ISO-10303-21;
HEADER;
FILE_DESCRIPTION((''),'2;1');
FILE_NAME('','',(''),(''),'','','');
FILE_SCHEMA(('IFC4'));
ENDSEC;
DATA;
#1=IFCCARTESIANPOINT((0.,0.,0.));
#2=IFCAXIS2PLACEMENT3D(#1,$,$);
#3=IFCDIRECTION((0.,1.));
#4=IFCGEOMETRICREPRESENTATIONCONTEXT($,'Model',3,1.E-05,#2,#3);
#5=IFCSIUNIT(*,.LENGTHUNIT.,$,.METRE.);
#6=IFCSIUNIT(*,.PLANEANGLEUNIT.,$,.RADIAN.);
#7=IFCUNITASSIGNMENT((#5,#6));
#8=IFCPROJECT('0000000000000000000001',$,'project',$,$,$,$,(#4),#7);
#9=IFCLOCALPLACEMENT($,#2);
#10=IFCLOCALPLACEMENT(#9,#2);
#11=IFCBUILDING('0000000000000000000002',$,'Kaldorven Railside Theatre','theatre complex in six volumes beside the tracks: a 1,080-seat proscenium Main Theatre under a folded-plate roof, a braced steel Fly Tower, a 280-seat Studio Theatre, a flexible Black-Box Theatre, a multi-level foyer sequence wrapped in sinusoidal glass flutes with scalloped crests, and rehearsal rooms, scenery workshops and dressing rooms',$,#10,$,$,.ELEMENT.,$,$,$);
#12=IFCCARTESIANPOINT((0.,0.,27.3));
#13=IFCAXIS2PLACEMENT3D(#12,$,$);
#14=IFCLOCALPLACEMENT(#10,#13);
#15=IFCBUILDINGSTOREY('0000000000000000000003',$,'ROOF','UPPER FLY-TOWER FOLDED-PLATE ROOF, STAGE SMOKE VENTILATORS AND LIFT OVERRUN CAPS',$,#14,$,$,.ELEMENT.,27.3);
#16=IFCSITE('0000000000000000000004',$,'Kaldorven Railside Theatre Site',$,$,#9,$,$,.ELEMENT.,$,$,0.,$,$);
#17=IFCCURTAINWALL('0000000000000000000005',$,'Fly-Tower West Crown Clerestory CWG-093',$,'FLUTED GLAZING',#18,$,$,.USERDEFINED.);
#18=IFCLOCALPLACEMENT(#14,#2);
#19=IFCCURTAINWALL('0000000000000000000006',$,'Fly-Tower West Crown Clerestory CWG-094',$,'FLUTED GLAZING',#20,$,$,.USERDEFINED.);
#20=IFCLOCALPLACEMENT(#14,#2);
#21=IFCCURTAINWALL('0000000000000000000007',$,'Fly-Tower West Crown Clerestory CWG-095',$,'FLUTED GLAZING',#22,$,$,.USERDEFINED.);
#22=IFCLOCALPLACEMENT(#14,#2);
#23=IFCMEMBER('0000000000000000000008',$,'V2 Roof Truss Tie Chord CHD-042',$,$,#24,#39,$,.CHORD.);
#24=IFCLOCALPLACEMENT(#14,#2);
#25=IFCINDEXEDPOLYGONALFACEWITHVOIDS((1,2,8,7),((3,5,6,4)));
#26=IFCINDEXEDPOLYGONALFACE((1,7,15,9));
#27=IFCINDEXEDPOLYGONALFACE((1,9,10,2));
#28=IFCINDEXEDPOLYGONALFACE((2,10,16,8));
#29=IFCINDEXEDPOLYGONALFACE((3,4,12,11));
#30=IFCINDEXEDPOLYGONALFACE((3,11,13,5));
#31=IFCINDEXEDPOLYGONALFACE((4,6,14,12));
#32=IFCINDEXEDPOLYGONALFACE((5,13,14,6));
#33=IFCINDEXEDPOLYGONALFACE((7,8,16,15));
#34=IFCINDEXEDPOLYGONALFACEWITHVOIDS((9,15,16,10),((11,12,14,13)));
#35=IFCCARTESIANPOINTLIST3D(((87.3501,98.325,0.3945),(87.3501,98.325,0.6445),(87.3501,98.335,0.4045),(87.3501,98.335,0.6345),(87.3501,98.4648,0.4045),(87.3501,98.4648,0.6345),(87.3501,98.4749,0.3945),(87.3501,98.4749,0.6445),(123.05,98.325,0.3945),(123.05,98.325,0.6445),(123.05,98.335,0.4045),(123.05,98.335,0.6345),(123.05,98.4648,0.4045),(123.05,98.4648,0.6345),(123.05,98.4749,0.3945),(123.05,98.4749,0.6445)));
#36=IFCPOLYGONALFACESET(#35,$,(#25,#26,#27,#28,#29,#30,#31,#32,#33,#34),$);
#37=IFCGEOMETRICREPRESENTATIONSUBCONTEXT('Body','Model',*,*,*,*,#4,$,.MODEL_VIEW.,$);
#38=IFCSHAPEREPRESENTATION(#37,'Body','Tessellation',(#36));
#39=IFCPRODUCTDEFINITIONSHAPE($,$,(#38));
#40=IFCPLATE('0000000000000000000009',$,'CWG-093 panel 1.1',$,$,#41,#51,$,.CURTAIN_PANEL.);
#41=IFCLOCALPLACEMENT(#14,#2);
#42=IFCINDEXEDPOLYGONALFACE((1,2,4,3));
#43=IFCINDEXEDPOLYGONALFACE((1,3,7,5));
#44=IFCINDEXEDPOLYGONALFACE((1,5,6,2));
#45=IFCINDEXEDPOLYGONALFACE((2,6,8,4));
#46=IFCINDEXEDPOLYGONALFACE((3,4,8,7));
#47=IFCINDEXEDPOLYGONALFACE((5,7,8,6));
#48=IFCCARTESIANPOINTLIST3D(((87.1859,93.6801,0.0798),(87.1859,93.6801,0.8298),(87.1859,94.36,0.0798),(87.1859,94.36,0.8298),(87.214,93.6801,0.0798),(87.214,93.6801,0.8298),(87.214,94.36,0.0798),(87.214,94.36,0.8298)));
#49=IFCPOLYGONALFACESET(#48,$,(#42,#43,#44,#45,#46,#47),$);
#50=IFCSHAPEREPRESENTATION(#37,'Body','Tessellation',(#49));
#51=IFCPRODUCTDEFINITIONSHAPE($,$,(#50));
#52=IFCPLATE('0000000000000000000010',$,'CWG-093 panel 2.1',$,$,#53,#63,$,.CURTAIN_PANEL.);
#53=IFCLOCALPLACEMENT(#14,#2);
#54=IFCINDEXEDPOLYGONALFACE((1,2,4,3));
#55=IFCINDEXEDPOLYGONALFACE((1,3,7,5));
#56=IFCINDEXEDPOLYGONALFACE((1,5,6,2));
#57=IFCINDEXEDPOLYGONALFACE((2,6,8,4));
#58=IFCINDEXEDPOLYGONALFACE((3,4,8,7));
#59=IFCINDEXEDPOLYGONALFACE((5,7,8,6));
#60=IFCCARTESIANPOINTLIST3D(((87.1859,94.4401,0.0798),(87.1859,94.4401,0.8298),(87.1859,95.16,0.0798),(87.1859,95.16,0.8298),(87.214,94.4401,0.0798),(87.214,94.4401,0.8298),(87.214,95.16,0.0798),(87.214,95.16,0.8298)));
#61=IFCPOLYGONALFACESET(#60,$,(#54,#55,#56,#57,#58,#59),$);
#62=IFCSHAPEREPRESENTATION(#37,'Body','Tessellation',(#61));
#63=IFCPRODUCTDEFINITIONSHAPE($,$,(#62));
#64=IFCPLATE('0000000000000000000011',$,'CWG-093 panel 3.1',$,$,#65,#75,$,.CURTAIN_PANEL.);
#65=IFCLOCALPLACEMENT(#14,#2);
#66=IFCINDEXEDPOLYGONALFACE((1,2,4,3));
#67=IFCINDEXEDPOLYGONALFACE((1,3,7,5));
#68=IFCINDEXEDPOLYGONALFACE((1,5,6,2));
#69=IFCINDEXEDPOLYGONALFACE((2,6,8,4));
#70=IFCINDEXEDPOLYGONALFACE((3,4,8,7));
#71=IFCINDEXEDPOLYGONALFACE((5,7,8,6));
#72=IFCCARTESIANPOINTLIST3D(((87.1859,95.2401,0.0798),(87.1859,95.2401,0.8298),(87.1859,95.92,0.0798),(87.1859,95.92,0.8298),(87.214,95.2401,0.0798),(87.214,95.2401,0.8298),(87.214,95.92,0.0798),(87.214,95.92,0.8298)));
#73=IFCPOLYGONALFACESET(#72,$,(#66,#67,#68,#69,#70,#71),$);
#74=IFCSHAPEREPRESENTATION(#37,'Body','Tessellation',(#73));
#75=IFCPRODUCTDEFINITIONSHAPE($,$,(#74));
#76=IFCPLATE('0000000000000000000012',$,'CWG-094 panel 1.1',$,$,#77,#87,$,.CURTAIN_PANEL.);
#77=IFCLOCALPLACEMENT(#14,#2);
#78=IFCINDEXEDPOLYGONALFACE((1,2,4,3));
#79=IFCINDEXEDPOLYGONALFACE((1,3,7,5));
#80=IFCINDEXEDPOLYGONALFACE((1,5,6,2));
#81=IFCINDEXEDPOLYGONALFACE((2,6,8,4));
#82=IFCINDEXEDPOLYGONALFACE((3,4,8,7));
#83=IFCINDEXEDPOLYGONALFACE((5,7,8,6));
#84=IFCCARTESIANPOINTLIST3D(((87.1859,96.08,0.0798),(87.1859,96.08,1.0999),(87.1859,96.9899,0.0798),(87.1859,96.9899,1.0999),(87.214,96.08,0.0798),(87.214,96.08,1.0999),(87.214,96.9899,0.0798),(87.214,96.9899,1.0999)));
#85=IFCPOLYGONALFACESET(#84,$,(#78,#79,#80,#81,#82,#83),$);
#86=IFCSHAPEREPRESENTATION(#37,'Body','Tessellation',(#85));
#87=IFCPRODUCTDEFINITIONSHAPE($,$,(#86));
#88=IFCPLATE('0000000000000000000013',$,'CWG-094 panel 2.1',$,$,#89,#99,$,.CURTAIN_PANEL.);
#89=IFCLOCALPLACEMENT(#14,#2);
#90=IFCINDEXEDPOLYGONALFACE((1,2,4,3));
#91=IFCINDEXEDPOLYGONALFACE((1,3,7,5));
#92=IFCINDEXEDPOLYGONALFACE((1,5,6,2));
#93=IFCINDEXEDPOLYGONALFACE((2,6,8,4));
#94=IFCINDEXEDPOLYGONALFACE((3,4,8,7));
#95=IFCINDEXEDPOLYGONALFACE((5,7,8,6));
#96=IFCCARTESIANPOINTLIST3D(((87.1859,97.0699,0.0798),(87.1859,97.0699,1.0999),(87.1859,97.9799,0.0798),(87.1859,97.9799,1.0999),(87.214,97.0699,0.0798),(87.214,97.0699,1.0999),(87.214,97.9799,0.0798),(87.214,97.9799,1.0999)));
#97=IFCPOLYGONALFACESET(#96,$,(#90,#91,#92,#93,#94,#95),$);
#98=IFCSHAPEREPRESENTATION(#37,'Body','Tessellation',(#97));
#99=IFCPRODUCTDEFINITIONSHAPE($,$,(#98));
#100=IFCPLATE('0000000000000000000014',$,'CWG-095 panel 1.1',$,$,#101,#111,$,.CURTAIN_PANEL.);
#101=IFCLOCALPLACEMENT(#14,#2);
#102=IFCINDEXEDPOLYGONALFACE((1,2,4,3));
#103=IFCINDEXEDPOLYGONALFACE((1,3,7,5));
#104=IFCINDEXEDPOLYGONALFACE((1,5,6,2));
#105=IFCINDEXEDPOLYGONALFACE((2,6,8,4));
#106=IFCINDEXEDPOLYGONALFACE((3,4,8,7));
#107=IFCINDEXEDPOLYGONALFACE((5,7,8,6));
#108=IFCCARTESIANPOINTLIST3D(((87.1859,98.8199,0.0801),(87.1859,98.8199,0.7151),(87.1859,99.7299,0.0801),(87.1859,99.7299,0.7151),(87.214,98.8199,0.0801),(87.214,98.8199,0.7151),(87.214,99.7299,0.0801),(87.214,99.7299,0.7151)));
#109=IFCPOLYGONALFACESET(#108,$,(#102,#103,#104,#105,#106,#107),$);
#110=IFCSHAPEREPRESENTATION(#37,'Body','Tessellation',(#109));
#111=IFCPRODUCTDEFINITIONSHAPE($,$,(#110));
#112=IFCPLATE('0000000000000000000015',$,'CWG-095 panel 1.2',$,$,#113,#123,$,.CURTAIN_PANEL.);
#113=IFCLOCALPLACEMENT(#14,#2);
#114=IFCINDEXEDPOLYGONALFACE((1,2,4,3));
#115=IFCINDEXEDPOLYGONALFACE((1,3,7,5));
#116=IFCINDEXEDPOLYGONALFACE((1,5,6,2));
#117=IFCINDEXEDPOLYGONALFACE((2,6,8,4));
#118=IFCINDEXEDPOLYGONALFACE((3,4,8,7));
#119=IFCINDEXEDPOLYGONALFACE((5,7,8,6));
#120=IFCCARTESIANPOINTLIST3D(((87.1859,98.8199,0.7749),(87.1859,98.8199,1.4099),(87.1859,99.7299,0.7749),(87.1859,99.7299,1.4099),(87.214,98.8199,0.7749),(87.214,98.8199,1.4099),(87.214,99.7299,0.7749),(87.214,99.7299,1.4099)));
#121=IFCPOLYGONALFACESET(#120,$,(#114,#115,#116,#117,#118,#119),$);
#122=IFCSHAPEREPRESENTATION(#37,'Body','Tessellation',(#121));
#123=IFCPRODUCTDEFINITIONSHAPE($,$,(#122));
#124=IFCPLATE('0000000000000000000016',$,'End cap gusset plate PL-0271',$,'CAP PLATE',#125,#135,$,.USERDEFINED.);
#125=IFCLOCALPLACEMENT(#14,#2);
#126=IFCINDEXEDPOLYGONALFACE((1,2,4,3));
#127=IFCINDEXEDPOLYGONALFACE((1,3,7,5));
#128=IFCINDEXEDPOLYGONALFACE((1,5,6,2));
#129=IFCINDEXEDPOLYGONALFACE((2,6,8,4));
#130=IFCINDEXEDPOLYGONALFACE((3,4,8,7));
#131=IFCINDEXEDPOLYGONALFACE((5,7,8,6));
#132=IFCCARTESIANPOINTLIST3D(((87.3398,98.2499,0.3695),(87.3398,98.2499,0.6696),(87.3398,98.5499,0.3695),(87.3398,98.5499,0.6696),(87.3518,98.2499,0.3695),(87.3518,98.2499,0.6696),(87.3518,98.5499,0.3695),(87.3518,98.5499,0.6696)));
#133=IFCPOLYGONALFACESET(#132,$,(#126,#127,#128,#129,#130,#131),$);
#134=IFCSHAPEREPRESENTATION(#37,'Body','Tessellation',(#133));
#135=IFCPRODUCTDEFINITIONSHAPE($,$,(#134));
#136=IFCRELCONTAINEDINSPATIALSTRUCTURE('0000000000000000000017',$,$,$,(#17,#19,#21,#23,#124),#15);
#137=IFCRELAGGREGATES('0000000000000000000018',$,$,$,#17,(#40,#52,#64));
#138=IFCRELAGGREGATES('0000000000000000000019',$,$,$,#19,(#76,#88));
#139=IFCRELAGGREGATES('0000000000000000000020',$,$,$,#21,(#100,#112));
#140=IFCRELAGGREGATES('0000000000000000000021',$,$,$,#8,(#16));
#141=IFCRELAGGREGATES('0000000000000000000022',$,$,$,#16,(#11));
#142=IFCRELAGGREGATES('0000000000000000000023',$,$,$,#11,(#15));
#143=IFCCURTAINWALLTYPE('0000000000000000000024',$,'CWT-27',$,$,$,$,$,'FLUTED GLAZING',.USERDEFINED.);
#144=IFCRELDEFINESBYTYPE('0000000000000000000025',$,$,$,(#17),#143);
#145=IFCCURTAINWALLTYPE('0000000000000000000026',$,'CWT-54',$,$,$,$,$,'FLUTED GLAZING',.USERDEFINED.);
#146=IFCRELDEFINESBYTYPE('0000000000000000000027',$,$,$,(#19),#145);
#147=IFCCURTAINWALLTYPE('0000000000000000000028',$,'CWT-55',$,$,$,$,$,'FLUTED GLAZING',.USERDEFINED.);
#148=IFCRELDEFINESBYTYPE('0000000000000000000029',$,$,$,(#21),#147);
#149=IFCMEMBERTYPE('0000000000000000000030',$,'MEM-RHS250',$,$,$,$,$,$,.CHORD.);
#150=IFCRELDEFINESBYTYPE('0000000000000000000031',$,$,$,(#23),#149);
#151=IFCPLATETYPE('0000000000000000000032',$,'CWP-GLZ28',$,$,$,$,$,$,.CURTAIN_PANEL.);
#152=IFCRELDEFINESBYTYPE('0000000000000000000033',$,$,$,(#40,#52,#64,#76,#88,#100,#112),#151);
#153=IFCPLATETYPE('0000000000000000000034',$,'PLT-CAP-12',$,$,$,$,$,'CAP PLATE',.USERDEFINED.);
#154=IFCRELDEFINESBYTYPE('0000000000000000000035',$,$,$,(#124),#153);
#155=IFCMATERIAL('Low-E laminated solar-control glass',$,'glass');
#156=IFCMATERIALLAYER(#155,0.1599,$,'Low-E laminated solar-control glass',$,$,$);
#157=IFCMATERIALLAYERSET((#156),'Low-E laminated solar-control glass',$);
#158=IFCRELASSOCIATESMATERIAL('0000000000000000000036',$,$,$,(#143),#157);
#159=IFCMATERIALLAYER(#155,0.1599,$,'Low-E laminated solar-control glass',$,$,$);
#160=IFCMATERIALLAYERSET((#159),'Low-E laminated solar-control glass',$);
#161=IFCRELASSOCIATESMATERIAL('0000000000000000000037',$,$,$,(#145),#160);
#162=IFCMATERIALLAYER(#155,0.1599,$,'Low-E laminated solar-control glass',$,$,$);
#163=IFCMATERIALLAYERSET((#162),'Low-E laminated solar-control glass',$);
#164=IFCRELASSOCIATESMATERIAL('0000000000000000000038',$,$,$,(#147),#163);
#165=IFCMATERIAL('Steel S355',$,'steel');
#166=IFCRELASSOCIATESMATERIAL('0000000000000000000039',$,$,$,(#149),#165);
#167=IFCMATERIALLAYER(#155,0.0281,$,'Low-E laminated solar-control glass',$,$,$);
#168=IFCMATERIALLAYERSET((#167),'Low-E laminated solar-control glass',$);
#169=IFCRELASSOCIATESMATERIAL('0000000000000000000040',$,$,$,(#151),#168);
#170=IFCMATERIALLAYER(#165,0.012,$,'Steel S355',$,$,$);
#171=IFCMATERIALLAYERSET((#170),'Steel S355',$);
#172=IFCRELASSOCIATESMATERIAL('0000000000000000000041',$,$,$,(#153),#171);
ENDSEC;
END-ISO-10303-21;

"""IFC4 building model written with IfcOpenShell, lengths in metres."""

from ifc_helpers import new_model, si_unit, direction, frame, origin, origin_2d, place, context, subcontext, project, spatial, rectangle, hollow_rectangle, extrude, material, layer, layer_set, material_profile, profile_set, type_object, element, aggregate, save


model = new_model("IFC4")

# Units and contexts
model_context = context("Model", 3, precision=1e-05, world=origin(), true_north=direction((0.0, 1.0)))
body_context = subcontext(model_context, "Body", "Model", "MODEL_VIEW")
ifc_project = project(units=[si_unit("LENGTHUNIT", "METRE"), si_unit("PLANEANGLEUNIT", "RADIAN")], contexts=[model_context])

# Site, building, storey
site_placement = place(None, origin())
site = spatial("IfcSite", under=ifc_project, at=site_placement, Name="Kaldorven Railside Theatre Site", CompositionType="ELEMENT", RefElevation=0.0)
building_placement = place(site_placement, origin())
building = spatial("IfcBuilding", under=site, at=building_placement, Name="Kaldorven Railside Theatre", Description="theatre complex in six volumes beside the tracks: a 1,080-seat proscenium Main Theatre under a folded-plate roof, a braced steel Fly Tower, a 280-seat Studio Theatre, a flexible Black-Box Theatre, a multi-level foyer sequence wrapped in sinusoidal glass flutes with scalloped crests, and rehearsal rooms, scenery workshops and dressing rooms", CompositionType="ELEMENT")
storey_placement = place(building_placement, frame((0.0, 0.0, 27.3)))
storey = spatial("IfcBuildingStorey", under=building, at=storey_placement, Name="ROOF", Description="UPPER FLY-TOWER FOLDED-PLATE ROOF, STAGE SMOKE VENTILATORS AND LIFT OVERRUN CAPS", CompositionType="ELEMENT", Elevation=27.3)

# Shared definitions
ifc_material_1 = material(Name="Steel S355", Category="steel")

# Curtain walls
ifc_material_2 = material(Name="Low-E laminated solar-control glass", Category="glass")
ifc_layer_1 = layer(ifc_material_2, 0.1599, Name="Low-E laminated solar-control glass")
ifc_layer_set_1 = layer_set([ifc_layer_1], Name="Low-E laminated solar-control glass")
curtain_wall_type_1 = type_object("IfcCurtainWallType", Name="CWT-27", ElementType="FLUTED GLAZING", PredefinedType="USERDEFINED", material=ifc_layer_set_1)
curtain_wall_1_placement = place(storey_placement, origin())
curtain_wall_1 = element("IfcCurtainWall", 1, at=curtain_wall_1_placement, inside=storey, type_object=curtain_wall_type_1, Name="Fly-Tower West Crown Clerestory CWG-093", ObjectType="FLUTED GLAZING", PredefinedType="USERDEFINED")
ifc_layer_2 = layer(ifc_material_2, 0.1599, Name="Low-E laminated solar-control glass")
ifc_layer_set_2 = layer_set([ifc_layer_2], Name="Low-E laminated solar-control glass")
curtain_wall_type_2 = type_object("IfcCurtainWallType", Name="CWT-54", ElementType="FLUTED GLAZING", PredefinedType="USERDEFINED", material=ifc_layer_set_2)
curtain_wall_2_placement = place(storey_placement, origin())
curtain_wall_2 = element("IfcCurtainWall", 2, at=curtain_wall_2_placement, inside=storey, type_object=curtain_wall_type_2, Name="Fly-Tower West Crown Clerestory CWG-094", ObjectType="FLUTED GLAZING", PredefinedType="USERDEFINED")

# Curtain wall
ifc_layer_3 = layer(ifc_material_2, 0.1599, Name="Low-E laminated solar-control glass")
ifc_layer_set_3 = layer_set([ifc_layer_3], Name="Low-E laminated solar-control glass")
curtain_wall_type_3 = type_object("IfcCurtainWallType", Name="CWT-55", ElementType="FLUTED GLAZING", PredefinedType="USERDEFINED", material=ifc_layer_set_3)
curtain_wall_3_placement = place(storey_placement, origin())
curtain_wall_3 = element("IfcCurtainWall", 3, at=curtain_wall_3_placement, inside=storey, type_object=curtain_wall_type_3, Name="Fly-Tower West Crown Clerestory CWG-095", ObjectType="FLUTED GLAZING", PredefinedType="USERDEFINED")

# Member
ifc_material_profile_1 = material_profile(ifc_material_1, hollow_rectangle(XDim=0.1499, YDim=0.25, WallThickness=0.01, at=origin_2d()), Name="RHS 250x150x10")
ifc_profile_set_1 = profile_set([ifc_material_profile_1], Name="Steel S355")
member_type_1 = type_object("IfcMemberType", Name="MEM-RHS250", PredefinedType="CHORD", material=ifc_profile_set_1)
member_1_placement = place(storey_placement, frame((87.3501, 98.3999, 0.5195), z_axis=(1.0, 0.0, 0.0), x_axis=(0.0, 1.0, 0.0)))
element("IfcMember", 4, at=member_1_placement, inside=storey, type_object=member_type_1, Name="V2 Roof Truss Tie Chord CHD-042", PredefinedType="CHORD", context=body_context, shape_type="SweptSolid", body=[
    extrude(hollow_rectangle(XDim=0.1499, YDim=0.25, WallThickness=0.01, at=origin_2d()), origin(), (0.0, 0.0, 1.0), 35.7),
])

# Plates
ifc_layer_4 = layer(ifc_material_2, 0.0281, Name="Low-E laminated solar-control glass")
ifc_layer_set_4 = layer_set([ifc_layer_4], Name="Low-E laminated solar-control glass")
plate_type_1 = type_object("IfcPlateType", Name="CWP-GLZ28", PredefinedType="CURTAIN_PANEL", material=ifc_layer_set_4)
plate_1_placement = place(storey_placement, frame((87.2, 94.02, 0.0798), z_axis=(0.0, 0.0, 1.0), x_axis=(0.0, 1.0, 0.0)))
plate_1 = element("IfcPlate", 5, at=plate_1_placement, type_object=plate_type_1, Name="CWG-093 panel 1.1", PredefinedType="CURTAIN_PANEL", context=body_context, shape_type="SweptSolid", body=[
    extrude(rectangle(XDim=0.6799, YDim=0.0281, at=origin_2d()), origin(), (0.0, 0.0, 1.0), 0.75),
])
plate_2_placement = place(storey_placement, frame((87.2, 94.8, 0.0798), z_axis=(0.0, 0.0, 1.0), x_axis=(0.0, 1.0, 0.0)))
plate_2 = element("IfcPlate", 6, at=plate_2_placement, type_object=plate_type_1, Name="CWG-093 panel 2.1", PredefinedType="CURTAIN_PANEL", context=body_context, shape_type="SweptSolid", body=[
    extrude(rectangle(XDim=0.72, YDim=0.0281, at=origin_2d()), origin(), (0.0, 0.0, 1.0), 0.75),
])
plate_3_placement = place(storey_placement, frame((87.2, 95.5801, 0.0798), z_axis=(0.0, 0.0, 1.0), x_axis=(0.0, 1.0, 0.0)))
plate_3 = element("IfcPlate", 7, at=plate_3_placement, type_object=plate_type_1, Name="CWG-093 panel 3.1", PredefinedType="CURTAIN_PANEL", context=body_context, shape_type="SweptSolid", body=[
    extrude(rectangle(XDim=0.6799, YDim=0.0281, at=origin_2d()), origin(), (0.0, 0.0, 1.0), 0.75),
])
aggregate(curtain_wall_1, [plate_1, plate_2, plate_3])
plate_4_placement = place(storey_placement, frame((87.2, 96.5349, 0.0798), z_axis=(0.0, 0.0, 1.0), x_axis=(0.0, 1.0, 0.0)))
plate_4 = element("IfcPlate", 8, at=plate_4_placement, type_object=plate_type_1, Name="CWG-094 panel 1.1", PredefinedType="CURTAIN_PANEL", context=body_context, shape_type="SweptSolid", body=[
    extrude(rectangle(XDim=0.9099, YDim=0.0281, at=origin_2d()), origin(), (0.0, 0.0, 1.0), 1.02),
])
plate_5_placement = place(storey_placement, frame((87.2, 97.5249, 0.0798), z_axis=(0.0, 0.0, 1.0), x_axis=(0.0, 1.0, 0.0)))
plate_5 = element("IfcPlate", 9, at=plate_5_placement, type_object=plate_type_1, Name="CWG-094 panel 2.1", PredefinedType="CURTAIN_PANEL", context=body_context, shape_type="SweptSolid", body=[
    extrude(rectangle(XDim=0.9099, YDim=0.0281, at=origin_2d()), origin(), (0.0, 0.0, 1.0), 1.02),
])
aggregate(curtain_wall_2, [plate_4, plate_5])
plate_6_placement = place(storey_placement, frame((87.2, 99.2749, 0.0801), z_axis=(0.0, 0.0, 1.0), x_axis=(0.0, 1.0, 0.0)))
plate_6 = element("IfcPlate", 10, at=plate_6_placement, type_object=plate_type_1, Name="CWG-095 panel 1.1", PredefinedType="CURTAIN_PANEL", context=body_context, shape_type="SweptSolid", body=[
    extrude(rectangle(XDim=0.9099, YDim=0.0281, at=origin_2d()), origin(), (0.0, 0.0, 1.0), 0.635),
])
plate_7_placement = place(storey_placement, frame((87.2, 99.2749, 0.7749), z_axis=(0.0, 0.0, 1.0), x_axis=(0.0, 1.0, 0.0)))
plate_7 = element("IfcPlate", 11, at=plate_7_placement, type_object=plate_type_1, Name="CWG-095 panel 1.2", PredefinedType="CURTAIN_PANEL", context=body_context, shape_type="SweptSolid", body=[
    extrude(rectangle(XDim=0.9099, YDim=0.0281, at=origin_2d()), origin(), (0.0, 0.0, 1.0), 0.635),
])
aggregate(curtain_wall_3, [plate_6, plate_7])
ifc_layer_5 = layer(ifc_material_1, 0.012, Name="Steel S355")
ifc_layer_set_5 = layer_set([ifc_layer_5], Name="Steel S355")
plate_type_2 = type_object("IfcPlateType", Name="PLT-CAP-12", ElementType="CAP PLATE", PredefinedType="USERDEFINED", material=ifc_layer_set_5)
plate_8_placement = place(storey_placement, frame((87.3398, 98.3999, 0.5195), z_axis=(1.0, 0.0, 0.0), x_axis=(0.0, 1.0, 0.0)))
element("IfcPlate", 12, at=plate_8_placement, inside=storey, type_object=plate_type_2, Name="End cap gusset plate PL-0271", ObjectType="CAP PLATE", PredefinedType="USERDEFINED", context=body_context, shape_type="SweptSolid", body=[
    extrude(rectangle(XDim=0.3, YDim=0.3, at=origin_2d()), origin(), (0.0, 0.0, 1.0), 0.012),
])

save(model, "model.ifc")
